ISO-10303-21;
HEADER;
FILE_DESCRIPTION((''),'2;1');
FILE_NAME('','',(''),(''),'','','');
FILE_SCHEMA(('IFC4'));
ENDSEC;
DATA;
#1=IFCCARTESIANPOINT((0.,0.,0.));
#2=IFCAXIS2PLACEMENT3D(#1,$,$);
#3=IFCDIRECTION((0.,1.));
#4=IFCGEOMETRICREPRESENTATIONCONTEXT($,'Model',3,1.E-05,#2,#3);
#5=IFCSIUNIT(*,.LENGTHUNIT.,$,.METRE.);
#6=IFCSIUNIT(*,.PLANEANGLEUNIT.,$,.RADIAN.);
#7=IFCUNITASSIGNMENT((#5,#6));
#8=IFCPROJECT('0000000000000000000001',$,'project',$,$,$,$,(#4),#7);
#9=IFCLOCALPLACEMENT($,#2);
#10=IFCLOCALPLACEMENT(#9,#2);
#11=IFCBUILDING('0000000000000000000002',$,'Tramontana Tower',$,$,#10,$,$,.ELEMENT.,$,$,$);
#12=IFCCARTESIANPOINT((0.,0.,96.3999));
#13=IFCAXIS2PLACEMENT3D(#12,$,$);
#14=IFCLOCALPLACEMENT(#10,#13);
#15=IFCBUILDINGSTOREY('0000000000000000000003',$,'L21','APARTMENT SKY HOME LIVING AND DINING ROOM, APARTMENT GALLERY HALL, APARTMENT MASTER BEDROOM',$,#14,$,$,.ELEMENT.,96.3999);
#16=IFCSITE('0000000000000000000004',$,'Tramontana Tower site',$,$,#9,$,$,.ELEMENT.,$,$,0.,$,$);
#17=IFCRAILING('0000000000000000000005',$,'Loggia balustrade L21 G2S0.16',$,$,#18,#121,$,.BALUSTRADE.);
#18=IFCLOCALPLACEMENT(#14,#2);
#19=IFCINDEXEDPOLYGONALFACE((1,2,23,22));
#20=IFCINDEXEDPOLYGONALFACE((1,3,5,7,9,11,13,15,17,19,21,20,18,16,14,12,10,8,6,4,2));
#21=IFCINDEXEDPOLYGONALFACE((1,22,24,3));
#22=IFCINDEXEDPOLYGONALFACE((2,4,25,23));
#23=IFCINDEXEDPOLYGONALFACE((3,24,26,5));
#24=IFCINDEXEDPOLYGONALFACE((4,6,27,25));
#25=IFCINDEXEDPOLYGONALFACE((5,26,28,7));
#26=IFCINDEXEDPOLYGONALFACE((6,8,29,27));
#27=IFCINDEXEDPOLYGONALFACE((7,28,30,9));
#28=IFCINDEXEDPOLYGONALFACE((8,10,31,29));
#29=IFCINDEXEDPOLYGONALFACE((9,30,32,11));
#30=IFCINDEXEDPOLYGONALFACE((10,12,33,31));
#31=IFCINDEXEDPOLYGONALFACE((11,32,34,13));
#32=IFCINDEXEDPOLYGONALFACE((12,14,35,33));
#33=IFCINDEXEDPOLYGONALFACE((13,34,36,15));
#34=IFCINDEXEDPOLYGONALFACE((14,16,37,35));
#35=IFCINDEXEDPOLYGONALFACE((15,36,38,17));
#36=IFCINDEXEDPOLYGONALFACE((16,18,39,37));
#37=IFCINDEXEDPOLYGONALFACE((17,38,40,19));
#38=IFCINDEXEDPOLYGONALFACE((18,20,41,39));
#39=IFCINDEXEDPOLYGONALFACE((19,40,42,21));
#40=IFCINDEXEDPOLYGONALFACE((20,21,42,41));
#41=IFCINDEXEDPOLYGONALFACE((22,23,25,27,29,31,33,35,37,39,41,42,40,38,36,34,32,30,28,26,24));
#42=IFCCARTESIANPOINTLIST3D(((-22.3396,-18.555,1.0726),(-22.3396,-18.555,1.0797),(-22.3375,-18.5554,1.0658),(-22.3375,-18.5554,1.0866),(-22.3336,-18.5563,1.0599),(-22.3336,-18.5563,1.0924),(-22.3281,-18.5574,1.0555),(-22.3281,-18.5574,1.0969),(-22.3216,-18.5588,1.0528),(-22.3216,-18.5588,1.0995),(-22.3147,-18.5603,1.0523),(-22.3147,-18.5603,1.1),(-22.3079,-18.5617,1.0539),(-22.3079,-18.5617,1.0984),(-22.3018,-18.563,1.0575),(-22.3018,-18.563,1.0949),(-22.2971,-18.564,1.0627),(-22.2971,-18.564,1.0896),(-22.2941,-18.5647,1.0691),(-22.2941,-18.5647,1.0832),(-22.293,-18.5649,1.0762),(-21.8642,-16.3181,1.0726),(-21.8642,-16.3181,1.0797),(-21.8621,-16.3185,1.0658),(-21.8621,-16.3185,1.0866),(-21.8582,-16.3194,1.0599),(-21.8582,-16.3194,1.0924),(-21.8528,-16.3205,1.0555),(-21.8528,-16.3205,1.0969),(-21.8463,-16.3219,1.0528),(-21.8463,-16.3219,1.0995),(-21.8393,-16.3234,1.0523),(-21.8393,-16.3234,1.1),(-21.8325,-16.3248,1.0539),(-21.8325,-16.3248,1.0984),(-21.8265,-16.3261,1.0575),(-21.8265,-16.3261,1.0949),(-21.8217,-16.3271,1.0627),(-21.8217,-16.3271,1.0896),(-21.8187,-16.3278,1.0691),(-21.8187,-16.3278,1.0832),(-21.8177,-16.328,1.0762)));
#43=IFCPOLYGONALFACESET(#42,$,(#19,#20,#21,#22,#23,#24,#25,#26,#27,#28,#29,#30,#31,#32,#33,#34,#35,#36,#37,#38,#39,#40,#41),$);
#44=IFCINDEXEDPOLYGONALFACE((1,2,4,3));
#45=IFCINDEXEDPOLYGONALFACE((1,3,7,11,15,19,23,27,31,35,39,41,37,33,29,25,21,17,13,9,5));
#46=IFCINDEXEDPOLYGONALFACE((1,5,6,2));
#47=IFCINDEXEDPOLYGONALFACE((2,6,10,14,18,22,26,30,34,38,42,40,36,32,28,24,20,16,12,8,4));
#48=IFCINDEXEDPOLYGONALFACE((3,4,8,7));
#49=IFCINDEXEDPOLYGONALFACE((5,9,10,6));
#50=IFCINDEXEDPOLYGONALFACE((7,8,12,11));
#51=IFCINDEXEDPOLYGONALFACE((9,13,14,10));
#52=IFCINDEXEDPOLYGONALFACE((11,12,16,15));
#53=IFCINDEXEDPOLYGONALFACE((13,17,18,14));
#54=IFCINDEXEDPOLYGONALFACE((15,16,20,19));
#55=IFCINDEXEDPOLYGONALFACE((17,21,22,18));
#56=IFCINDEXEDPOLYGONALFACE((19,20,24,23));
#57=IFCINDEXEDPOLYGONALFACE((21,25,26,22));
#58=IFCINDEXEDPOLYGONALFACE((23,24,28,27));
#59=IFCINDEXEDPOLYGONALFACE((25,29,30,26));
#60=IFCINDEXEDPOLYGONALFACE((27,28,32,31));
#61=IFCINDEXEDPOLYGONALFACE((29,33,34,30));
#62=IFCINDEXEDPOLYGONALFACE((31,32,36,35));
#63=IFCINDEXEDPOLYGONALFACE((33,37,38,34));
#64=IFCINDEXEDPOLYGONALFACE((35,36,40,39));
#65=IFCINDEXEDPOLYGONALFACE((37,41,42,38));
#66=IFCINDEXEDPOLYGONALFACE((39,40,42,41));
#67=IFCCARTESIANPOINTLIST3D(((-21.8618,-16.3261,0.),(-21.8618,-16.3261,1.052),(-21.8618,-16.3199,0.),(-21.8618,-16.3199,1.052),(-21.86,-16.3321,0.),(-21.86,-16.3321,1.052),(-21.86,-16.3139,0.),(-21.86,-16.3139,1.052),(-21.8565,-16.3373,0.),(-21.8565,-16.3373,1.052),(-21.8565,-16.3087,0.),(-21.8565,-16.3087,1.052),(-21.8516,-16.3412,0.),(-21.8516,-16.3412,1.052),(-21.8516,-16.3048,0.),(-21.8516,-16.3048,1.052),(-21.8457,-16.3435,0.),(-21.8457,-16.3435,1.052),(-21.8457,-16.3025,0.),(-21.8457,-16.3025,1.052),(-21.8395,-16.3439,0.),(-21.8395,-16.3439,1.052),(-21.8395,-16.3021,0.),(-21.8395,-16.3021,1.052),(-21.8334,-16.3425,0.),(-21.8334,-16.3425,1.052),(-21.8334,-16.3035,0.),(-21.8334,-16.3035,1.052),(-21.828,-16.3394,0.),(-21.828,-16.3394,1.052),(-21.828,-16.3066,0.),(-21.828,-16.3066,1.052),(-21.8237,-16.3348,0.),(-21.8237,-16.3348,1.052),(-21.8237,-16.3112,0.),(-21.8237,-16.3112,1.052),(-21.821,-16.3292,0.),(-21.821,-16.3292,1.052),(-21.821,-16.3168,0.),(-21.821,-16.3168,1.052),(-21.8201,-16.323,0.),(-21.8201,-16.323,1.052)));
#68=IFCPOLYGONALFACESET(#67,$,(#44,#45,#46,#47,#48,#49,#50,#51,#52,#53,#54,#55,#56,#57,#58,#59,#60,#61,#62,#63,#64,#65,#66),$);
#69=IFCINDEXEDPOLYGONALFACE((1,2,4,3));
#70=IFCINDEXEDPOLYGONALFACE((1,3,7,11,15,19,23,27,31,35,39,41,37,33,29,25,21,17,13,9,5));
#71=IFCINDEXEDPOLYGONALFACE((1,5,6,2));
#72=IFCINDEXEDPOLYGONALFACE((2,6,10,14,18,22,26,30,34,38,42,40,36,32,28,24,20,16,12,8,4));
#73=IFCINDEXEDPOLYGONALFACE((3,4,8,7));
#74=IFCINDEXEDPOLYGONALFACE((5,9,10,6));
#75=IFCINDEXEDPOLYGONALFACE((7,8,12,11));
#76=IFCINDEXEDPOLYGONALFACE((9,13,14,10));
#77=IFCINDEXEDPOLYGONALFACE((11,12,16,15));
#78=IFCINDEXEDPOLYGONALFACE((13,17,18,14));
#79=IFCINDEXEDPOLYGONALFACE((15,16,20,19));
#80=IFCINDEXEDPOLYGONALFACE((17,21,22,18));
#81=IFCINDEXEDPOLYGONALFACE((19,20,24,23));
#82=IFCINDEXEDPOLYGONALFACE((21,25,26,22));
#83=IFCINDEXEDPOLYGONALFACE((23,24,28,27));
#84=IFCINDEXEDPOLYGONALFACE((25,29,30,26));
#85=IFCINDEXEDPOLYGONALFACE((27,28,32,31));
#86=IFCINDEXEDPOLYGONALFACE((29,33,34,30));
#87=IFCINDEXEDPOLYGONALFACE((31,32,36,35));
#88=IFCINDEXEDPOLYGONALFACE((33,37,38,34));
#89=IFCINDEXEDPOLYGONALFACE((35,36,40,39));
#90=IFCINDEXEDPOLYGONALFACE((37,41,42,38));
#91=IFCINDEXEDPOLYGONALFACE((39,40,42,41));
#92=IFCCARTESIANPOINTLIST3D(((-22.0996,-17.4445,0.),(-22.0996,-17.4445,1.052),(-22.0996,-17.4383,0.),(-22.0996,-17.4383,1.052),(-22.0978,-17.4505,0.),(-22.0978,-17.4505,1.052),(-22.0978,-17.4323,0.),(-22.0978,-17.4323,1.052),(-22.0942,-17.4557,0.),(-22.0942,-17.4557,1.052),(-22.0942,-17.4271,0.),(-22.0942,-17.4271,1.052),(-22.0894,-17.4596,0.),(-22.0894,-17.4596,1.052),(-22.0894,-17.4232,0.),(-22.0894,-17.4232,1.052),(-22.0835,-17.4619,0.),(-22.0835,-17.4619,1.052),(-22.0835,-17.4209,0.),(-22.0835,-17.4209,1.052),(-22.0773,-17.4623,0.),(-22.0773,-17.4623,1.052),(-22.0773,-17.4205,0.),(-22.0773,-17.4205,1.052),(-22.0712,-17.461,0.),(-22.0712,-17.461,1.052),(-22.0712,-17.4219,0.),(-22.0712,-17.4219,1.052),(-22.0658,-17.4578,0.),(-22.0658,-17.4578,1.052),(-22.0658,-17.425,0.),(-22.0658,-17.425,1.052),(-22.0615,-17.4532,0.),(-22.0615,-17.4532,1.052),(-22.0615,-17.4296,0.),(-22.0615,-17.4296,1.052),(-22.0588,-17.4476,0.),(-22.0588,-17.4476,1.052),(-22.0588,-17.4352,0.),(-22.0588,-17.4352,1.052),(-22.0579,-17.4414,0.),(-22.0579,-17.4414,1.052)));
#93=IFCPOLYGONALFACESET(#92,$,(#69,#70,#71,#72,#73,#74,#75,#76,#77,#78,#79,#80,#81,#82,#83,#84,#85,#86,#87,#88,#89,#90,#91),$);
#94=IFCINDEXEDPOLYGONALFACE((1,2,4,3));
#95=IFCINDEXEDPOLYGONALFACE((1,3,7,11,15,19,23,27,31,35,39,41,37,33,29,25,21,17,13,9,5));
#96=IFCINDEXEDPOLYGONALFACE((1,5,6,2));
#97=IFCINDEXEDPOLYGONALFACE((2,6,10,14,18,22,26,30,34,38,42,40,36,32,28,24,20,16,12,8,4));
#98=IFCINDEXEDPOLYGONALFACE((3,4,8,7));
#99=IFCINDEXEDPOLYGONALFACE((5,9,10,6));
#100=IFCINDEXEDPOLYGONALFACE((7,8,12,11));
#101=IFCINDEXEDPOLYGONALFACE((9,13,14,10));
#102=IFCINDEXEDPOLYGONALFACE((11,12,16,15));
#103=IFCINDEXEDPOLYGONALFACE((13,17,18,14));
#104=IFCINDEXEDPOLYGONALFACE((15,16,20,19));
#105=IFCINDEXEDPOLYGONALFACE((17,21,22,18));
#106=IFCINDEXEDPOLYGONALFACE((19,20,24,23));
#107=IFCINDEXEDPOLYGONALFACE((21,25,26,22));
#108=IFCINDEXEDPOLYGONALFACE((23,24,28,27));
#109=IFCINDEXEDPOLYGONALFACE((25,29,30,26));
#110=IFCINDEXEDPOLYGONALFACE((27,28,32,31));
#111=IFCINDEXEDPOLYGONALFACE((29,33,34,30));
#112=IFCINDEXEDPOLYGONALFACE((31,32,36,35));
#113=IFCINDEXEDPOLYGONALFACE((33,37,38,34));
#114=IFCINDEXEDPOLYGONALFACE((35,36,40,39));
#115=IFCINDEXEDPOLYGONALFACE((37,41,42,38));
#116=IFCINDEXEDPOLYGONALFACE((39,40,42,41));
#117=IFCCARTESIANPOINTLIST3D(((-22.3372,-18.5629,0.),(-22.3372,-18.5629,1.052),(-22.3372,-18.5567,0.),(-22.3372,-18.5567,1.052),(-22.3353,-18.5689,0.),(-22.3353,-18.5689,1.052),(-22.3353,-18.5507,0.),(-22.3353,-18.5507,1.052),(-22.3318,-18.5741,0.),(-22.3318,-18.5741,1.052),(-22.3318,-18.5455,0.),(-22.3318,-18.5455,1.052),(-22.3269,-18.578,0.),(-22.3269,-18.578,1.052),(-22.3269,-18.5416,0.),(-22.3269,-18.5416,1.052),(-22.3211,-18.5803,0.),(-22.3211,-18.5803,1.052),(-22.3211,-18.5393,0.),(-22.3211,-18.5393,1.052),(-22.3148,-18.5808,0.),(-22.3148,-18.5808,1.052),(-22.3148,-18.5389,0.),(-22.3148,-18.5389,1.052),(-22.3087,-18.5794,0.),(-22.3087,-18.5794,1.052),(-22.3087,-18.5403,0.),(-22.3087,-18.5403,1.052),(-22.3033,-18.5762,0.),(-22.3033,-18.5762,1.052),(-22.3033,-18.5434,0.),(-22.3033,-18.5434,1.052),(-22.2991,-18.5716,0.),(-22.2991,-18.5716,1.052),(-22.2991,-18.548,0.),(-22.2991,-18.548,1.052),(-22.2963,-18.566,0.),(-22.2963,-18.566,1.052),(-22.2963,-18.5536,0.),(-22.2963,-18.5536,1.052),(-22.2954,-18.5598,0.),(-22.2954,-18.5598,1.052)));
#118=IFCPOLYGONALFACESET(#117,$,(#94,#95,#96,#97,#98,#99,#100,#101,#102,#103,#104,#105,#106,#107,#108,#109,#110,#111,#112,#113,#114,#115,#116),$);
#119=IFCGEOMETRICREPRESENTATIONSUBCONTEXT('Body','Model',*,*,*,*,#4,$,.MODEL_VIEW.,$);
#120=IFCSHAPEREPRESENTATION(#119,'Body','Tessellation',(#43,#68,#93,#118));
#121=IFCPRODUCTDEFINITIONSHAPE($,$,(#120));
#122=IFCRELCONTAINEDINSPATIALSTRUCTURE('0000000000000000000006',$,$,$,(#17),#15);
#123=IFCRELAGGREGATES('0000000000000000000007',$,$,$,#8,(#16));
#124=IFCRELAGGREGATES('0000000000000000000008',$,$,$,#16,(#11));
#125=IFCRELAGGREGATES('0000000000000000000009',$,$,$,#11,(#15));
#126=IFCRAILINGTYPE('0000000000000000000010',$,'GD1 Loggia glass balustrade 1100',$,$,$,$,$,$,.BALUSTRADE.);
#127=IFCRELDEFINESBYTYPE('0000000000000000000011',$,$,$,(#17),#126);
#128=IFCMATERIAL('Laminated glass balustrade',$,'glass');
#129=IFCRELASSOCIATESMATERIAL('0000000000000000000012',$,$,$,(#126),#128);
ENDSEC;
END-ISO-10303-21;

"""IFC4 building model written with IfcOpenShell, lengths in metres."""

from ifc_helpers import new_model, si_unit, direction, frame, origin, origin_2d, place, context, subcontext, project, spatial, circle, extrude, material, type_object, element, save


model = new_model("IFC4")

# Units and contexts
model_context = context("Model", 3, precision=1e-05, world=origin(), true_north=direction((0.0, 1.0)))
body_context = subcontext(model_context, "Body", "Model", "MODEL_VIEW")
ifc_project = project(units=[si_unit("LENGTHUNIT", "METRE"), si_unit("PLANEANGLEUNIT", "RADIAN")], contexts=[model_context])

# Site, building, storey
site_placement = place(None, origin())
site = spatial("IfcSite", under=ifc_project, at=site_placement, Name="Tramontana Tower site", CompositionType="ELEMENT", RefElevation=0.0)
building_placement = place(site_placement, origin())
building = spatial("IfcBuilding", under=site, at=building_placement, Name="Tramontana Tower", CompositionType="ELEMENT")
storey_placement = place(building_placement, frame((0.0, 0.0, 96.3999)))
storey = spatial("IfcBuildingStorey", under=building, at=storey_placement, Name="L21", Description="APARTMENT SKY HOME LIVING AND DINING ROOM, APARTMENT GALLERY HALL, APARTMENT MASTER BEDROOM", CompositionType="ELEMENT", Elevation=96.3999)

# Railing
ifc_material_1 = material(Name="Laminated glass balustrade", Category="glass")
railing_type = type_object("IfcRailingType", Name="GD1 Loggia glass balustrade 1100", PredefinedType="BALUSTRADE", material=ifc_material_1)
railing_1_placement = place(storey_placement, frame((-21.8411, -16.323, 0.0)))
element("IfcRailing", 1, at=railing_1_placement, inside=storey, type_object=railing_type, Name="Loggia balustrade L21 G2S0.16", PredefinedType="BALUSTRADE", context=body_context, shape_type="SweptSolid", body=[
    extrude(circle(Radius=0.0239, at=origin_2d()), frame((0.0, 0.0, 1.0762), z_axis=(-0.207866, -0.978157, 0.0), x_axis=(0.978157, -0.207866, 0.0)), (0.0, 0.0, 1.0), 2.2869),
    extrude(circle(Radius=0.021, at=origin_2d()), origin(), (0.0, 0.0, 1.0), 1.052),
    extrude(circle(Radius=0.021, at=origin_2d()), frame((-0.2378, -1.1184, 0.0)), (0.0, 0.0, 1.0), 1.052),
    extrude(circle(Radius=0.021, at=origin_2d()), frame((-0.4753, -2.2368, 0.0)), (0.0, 0.0, 1.0), 1.052),
])

save(model, "model.ifc")
